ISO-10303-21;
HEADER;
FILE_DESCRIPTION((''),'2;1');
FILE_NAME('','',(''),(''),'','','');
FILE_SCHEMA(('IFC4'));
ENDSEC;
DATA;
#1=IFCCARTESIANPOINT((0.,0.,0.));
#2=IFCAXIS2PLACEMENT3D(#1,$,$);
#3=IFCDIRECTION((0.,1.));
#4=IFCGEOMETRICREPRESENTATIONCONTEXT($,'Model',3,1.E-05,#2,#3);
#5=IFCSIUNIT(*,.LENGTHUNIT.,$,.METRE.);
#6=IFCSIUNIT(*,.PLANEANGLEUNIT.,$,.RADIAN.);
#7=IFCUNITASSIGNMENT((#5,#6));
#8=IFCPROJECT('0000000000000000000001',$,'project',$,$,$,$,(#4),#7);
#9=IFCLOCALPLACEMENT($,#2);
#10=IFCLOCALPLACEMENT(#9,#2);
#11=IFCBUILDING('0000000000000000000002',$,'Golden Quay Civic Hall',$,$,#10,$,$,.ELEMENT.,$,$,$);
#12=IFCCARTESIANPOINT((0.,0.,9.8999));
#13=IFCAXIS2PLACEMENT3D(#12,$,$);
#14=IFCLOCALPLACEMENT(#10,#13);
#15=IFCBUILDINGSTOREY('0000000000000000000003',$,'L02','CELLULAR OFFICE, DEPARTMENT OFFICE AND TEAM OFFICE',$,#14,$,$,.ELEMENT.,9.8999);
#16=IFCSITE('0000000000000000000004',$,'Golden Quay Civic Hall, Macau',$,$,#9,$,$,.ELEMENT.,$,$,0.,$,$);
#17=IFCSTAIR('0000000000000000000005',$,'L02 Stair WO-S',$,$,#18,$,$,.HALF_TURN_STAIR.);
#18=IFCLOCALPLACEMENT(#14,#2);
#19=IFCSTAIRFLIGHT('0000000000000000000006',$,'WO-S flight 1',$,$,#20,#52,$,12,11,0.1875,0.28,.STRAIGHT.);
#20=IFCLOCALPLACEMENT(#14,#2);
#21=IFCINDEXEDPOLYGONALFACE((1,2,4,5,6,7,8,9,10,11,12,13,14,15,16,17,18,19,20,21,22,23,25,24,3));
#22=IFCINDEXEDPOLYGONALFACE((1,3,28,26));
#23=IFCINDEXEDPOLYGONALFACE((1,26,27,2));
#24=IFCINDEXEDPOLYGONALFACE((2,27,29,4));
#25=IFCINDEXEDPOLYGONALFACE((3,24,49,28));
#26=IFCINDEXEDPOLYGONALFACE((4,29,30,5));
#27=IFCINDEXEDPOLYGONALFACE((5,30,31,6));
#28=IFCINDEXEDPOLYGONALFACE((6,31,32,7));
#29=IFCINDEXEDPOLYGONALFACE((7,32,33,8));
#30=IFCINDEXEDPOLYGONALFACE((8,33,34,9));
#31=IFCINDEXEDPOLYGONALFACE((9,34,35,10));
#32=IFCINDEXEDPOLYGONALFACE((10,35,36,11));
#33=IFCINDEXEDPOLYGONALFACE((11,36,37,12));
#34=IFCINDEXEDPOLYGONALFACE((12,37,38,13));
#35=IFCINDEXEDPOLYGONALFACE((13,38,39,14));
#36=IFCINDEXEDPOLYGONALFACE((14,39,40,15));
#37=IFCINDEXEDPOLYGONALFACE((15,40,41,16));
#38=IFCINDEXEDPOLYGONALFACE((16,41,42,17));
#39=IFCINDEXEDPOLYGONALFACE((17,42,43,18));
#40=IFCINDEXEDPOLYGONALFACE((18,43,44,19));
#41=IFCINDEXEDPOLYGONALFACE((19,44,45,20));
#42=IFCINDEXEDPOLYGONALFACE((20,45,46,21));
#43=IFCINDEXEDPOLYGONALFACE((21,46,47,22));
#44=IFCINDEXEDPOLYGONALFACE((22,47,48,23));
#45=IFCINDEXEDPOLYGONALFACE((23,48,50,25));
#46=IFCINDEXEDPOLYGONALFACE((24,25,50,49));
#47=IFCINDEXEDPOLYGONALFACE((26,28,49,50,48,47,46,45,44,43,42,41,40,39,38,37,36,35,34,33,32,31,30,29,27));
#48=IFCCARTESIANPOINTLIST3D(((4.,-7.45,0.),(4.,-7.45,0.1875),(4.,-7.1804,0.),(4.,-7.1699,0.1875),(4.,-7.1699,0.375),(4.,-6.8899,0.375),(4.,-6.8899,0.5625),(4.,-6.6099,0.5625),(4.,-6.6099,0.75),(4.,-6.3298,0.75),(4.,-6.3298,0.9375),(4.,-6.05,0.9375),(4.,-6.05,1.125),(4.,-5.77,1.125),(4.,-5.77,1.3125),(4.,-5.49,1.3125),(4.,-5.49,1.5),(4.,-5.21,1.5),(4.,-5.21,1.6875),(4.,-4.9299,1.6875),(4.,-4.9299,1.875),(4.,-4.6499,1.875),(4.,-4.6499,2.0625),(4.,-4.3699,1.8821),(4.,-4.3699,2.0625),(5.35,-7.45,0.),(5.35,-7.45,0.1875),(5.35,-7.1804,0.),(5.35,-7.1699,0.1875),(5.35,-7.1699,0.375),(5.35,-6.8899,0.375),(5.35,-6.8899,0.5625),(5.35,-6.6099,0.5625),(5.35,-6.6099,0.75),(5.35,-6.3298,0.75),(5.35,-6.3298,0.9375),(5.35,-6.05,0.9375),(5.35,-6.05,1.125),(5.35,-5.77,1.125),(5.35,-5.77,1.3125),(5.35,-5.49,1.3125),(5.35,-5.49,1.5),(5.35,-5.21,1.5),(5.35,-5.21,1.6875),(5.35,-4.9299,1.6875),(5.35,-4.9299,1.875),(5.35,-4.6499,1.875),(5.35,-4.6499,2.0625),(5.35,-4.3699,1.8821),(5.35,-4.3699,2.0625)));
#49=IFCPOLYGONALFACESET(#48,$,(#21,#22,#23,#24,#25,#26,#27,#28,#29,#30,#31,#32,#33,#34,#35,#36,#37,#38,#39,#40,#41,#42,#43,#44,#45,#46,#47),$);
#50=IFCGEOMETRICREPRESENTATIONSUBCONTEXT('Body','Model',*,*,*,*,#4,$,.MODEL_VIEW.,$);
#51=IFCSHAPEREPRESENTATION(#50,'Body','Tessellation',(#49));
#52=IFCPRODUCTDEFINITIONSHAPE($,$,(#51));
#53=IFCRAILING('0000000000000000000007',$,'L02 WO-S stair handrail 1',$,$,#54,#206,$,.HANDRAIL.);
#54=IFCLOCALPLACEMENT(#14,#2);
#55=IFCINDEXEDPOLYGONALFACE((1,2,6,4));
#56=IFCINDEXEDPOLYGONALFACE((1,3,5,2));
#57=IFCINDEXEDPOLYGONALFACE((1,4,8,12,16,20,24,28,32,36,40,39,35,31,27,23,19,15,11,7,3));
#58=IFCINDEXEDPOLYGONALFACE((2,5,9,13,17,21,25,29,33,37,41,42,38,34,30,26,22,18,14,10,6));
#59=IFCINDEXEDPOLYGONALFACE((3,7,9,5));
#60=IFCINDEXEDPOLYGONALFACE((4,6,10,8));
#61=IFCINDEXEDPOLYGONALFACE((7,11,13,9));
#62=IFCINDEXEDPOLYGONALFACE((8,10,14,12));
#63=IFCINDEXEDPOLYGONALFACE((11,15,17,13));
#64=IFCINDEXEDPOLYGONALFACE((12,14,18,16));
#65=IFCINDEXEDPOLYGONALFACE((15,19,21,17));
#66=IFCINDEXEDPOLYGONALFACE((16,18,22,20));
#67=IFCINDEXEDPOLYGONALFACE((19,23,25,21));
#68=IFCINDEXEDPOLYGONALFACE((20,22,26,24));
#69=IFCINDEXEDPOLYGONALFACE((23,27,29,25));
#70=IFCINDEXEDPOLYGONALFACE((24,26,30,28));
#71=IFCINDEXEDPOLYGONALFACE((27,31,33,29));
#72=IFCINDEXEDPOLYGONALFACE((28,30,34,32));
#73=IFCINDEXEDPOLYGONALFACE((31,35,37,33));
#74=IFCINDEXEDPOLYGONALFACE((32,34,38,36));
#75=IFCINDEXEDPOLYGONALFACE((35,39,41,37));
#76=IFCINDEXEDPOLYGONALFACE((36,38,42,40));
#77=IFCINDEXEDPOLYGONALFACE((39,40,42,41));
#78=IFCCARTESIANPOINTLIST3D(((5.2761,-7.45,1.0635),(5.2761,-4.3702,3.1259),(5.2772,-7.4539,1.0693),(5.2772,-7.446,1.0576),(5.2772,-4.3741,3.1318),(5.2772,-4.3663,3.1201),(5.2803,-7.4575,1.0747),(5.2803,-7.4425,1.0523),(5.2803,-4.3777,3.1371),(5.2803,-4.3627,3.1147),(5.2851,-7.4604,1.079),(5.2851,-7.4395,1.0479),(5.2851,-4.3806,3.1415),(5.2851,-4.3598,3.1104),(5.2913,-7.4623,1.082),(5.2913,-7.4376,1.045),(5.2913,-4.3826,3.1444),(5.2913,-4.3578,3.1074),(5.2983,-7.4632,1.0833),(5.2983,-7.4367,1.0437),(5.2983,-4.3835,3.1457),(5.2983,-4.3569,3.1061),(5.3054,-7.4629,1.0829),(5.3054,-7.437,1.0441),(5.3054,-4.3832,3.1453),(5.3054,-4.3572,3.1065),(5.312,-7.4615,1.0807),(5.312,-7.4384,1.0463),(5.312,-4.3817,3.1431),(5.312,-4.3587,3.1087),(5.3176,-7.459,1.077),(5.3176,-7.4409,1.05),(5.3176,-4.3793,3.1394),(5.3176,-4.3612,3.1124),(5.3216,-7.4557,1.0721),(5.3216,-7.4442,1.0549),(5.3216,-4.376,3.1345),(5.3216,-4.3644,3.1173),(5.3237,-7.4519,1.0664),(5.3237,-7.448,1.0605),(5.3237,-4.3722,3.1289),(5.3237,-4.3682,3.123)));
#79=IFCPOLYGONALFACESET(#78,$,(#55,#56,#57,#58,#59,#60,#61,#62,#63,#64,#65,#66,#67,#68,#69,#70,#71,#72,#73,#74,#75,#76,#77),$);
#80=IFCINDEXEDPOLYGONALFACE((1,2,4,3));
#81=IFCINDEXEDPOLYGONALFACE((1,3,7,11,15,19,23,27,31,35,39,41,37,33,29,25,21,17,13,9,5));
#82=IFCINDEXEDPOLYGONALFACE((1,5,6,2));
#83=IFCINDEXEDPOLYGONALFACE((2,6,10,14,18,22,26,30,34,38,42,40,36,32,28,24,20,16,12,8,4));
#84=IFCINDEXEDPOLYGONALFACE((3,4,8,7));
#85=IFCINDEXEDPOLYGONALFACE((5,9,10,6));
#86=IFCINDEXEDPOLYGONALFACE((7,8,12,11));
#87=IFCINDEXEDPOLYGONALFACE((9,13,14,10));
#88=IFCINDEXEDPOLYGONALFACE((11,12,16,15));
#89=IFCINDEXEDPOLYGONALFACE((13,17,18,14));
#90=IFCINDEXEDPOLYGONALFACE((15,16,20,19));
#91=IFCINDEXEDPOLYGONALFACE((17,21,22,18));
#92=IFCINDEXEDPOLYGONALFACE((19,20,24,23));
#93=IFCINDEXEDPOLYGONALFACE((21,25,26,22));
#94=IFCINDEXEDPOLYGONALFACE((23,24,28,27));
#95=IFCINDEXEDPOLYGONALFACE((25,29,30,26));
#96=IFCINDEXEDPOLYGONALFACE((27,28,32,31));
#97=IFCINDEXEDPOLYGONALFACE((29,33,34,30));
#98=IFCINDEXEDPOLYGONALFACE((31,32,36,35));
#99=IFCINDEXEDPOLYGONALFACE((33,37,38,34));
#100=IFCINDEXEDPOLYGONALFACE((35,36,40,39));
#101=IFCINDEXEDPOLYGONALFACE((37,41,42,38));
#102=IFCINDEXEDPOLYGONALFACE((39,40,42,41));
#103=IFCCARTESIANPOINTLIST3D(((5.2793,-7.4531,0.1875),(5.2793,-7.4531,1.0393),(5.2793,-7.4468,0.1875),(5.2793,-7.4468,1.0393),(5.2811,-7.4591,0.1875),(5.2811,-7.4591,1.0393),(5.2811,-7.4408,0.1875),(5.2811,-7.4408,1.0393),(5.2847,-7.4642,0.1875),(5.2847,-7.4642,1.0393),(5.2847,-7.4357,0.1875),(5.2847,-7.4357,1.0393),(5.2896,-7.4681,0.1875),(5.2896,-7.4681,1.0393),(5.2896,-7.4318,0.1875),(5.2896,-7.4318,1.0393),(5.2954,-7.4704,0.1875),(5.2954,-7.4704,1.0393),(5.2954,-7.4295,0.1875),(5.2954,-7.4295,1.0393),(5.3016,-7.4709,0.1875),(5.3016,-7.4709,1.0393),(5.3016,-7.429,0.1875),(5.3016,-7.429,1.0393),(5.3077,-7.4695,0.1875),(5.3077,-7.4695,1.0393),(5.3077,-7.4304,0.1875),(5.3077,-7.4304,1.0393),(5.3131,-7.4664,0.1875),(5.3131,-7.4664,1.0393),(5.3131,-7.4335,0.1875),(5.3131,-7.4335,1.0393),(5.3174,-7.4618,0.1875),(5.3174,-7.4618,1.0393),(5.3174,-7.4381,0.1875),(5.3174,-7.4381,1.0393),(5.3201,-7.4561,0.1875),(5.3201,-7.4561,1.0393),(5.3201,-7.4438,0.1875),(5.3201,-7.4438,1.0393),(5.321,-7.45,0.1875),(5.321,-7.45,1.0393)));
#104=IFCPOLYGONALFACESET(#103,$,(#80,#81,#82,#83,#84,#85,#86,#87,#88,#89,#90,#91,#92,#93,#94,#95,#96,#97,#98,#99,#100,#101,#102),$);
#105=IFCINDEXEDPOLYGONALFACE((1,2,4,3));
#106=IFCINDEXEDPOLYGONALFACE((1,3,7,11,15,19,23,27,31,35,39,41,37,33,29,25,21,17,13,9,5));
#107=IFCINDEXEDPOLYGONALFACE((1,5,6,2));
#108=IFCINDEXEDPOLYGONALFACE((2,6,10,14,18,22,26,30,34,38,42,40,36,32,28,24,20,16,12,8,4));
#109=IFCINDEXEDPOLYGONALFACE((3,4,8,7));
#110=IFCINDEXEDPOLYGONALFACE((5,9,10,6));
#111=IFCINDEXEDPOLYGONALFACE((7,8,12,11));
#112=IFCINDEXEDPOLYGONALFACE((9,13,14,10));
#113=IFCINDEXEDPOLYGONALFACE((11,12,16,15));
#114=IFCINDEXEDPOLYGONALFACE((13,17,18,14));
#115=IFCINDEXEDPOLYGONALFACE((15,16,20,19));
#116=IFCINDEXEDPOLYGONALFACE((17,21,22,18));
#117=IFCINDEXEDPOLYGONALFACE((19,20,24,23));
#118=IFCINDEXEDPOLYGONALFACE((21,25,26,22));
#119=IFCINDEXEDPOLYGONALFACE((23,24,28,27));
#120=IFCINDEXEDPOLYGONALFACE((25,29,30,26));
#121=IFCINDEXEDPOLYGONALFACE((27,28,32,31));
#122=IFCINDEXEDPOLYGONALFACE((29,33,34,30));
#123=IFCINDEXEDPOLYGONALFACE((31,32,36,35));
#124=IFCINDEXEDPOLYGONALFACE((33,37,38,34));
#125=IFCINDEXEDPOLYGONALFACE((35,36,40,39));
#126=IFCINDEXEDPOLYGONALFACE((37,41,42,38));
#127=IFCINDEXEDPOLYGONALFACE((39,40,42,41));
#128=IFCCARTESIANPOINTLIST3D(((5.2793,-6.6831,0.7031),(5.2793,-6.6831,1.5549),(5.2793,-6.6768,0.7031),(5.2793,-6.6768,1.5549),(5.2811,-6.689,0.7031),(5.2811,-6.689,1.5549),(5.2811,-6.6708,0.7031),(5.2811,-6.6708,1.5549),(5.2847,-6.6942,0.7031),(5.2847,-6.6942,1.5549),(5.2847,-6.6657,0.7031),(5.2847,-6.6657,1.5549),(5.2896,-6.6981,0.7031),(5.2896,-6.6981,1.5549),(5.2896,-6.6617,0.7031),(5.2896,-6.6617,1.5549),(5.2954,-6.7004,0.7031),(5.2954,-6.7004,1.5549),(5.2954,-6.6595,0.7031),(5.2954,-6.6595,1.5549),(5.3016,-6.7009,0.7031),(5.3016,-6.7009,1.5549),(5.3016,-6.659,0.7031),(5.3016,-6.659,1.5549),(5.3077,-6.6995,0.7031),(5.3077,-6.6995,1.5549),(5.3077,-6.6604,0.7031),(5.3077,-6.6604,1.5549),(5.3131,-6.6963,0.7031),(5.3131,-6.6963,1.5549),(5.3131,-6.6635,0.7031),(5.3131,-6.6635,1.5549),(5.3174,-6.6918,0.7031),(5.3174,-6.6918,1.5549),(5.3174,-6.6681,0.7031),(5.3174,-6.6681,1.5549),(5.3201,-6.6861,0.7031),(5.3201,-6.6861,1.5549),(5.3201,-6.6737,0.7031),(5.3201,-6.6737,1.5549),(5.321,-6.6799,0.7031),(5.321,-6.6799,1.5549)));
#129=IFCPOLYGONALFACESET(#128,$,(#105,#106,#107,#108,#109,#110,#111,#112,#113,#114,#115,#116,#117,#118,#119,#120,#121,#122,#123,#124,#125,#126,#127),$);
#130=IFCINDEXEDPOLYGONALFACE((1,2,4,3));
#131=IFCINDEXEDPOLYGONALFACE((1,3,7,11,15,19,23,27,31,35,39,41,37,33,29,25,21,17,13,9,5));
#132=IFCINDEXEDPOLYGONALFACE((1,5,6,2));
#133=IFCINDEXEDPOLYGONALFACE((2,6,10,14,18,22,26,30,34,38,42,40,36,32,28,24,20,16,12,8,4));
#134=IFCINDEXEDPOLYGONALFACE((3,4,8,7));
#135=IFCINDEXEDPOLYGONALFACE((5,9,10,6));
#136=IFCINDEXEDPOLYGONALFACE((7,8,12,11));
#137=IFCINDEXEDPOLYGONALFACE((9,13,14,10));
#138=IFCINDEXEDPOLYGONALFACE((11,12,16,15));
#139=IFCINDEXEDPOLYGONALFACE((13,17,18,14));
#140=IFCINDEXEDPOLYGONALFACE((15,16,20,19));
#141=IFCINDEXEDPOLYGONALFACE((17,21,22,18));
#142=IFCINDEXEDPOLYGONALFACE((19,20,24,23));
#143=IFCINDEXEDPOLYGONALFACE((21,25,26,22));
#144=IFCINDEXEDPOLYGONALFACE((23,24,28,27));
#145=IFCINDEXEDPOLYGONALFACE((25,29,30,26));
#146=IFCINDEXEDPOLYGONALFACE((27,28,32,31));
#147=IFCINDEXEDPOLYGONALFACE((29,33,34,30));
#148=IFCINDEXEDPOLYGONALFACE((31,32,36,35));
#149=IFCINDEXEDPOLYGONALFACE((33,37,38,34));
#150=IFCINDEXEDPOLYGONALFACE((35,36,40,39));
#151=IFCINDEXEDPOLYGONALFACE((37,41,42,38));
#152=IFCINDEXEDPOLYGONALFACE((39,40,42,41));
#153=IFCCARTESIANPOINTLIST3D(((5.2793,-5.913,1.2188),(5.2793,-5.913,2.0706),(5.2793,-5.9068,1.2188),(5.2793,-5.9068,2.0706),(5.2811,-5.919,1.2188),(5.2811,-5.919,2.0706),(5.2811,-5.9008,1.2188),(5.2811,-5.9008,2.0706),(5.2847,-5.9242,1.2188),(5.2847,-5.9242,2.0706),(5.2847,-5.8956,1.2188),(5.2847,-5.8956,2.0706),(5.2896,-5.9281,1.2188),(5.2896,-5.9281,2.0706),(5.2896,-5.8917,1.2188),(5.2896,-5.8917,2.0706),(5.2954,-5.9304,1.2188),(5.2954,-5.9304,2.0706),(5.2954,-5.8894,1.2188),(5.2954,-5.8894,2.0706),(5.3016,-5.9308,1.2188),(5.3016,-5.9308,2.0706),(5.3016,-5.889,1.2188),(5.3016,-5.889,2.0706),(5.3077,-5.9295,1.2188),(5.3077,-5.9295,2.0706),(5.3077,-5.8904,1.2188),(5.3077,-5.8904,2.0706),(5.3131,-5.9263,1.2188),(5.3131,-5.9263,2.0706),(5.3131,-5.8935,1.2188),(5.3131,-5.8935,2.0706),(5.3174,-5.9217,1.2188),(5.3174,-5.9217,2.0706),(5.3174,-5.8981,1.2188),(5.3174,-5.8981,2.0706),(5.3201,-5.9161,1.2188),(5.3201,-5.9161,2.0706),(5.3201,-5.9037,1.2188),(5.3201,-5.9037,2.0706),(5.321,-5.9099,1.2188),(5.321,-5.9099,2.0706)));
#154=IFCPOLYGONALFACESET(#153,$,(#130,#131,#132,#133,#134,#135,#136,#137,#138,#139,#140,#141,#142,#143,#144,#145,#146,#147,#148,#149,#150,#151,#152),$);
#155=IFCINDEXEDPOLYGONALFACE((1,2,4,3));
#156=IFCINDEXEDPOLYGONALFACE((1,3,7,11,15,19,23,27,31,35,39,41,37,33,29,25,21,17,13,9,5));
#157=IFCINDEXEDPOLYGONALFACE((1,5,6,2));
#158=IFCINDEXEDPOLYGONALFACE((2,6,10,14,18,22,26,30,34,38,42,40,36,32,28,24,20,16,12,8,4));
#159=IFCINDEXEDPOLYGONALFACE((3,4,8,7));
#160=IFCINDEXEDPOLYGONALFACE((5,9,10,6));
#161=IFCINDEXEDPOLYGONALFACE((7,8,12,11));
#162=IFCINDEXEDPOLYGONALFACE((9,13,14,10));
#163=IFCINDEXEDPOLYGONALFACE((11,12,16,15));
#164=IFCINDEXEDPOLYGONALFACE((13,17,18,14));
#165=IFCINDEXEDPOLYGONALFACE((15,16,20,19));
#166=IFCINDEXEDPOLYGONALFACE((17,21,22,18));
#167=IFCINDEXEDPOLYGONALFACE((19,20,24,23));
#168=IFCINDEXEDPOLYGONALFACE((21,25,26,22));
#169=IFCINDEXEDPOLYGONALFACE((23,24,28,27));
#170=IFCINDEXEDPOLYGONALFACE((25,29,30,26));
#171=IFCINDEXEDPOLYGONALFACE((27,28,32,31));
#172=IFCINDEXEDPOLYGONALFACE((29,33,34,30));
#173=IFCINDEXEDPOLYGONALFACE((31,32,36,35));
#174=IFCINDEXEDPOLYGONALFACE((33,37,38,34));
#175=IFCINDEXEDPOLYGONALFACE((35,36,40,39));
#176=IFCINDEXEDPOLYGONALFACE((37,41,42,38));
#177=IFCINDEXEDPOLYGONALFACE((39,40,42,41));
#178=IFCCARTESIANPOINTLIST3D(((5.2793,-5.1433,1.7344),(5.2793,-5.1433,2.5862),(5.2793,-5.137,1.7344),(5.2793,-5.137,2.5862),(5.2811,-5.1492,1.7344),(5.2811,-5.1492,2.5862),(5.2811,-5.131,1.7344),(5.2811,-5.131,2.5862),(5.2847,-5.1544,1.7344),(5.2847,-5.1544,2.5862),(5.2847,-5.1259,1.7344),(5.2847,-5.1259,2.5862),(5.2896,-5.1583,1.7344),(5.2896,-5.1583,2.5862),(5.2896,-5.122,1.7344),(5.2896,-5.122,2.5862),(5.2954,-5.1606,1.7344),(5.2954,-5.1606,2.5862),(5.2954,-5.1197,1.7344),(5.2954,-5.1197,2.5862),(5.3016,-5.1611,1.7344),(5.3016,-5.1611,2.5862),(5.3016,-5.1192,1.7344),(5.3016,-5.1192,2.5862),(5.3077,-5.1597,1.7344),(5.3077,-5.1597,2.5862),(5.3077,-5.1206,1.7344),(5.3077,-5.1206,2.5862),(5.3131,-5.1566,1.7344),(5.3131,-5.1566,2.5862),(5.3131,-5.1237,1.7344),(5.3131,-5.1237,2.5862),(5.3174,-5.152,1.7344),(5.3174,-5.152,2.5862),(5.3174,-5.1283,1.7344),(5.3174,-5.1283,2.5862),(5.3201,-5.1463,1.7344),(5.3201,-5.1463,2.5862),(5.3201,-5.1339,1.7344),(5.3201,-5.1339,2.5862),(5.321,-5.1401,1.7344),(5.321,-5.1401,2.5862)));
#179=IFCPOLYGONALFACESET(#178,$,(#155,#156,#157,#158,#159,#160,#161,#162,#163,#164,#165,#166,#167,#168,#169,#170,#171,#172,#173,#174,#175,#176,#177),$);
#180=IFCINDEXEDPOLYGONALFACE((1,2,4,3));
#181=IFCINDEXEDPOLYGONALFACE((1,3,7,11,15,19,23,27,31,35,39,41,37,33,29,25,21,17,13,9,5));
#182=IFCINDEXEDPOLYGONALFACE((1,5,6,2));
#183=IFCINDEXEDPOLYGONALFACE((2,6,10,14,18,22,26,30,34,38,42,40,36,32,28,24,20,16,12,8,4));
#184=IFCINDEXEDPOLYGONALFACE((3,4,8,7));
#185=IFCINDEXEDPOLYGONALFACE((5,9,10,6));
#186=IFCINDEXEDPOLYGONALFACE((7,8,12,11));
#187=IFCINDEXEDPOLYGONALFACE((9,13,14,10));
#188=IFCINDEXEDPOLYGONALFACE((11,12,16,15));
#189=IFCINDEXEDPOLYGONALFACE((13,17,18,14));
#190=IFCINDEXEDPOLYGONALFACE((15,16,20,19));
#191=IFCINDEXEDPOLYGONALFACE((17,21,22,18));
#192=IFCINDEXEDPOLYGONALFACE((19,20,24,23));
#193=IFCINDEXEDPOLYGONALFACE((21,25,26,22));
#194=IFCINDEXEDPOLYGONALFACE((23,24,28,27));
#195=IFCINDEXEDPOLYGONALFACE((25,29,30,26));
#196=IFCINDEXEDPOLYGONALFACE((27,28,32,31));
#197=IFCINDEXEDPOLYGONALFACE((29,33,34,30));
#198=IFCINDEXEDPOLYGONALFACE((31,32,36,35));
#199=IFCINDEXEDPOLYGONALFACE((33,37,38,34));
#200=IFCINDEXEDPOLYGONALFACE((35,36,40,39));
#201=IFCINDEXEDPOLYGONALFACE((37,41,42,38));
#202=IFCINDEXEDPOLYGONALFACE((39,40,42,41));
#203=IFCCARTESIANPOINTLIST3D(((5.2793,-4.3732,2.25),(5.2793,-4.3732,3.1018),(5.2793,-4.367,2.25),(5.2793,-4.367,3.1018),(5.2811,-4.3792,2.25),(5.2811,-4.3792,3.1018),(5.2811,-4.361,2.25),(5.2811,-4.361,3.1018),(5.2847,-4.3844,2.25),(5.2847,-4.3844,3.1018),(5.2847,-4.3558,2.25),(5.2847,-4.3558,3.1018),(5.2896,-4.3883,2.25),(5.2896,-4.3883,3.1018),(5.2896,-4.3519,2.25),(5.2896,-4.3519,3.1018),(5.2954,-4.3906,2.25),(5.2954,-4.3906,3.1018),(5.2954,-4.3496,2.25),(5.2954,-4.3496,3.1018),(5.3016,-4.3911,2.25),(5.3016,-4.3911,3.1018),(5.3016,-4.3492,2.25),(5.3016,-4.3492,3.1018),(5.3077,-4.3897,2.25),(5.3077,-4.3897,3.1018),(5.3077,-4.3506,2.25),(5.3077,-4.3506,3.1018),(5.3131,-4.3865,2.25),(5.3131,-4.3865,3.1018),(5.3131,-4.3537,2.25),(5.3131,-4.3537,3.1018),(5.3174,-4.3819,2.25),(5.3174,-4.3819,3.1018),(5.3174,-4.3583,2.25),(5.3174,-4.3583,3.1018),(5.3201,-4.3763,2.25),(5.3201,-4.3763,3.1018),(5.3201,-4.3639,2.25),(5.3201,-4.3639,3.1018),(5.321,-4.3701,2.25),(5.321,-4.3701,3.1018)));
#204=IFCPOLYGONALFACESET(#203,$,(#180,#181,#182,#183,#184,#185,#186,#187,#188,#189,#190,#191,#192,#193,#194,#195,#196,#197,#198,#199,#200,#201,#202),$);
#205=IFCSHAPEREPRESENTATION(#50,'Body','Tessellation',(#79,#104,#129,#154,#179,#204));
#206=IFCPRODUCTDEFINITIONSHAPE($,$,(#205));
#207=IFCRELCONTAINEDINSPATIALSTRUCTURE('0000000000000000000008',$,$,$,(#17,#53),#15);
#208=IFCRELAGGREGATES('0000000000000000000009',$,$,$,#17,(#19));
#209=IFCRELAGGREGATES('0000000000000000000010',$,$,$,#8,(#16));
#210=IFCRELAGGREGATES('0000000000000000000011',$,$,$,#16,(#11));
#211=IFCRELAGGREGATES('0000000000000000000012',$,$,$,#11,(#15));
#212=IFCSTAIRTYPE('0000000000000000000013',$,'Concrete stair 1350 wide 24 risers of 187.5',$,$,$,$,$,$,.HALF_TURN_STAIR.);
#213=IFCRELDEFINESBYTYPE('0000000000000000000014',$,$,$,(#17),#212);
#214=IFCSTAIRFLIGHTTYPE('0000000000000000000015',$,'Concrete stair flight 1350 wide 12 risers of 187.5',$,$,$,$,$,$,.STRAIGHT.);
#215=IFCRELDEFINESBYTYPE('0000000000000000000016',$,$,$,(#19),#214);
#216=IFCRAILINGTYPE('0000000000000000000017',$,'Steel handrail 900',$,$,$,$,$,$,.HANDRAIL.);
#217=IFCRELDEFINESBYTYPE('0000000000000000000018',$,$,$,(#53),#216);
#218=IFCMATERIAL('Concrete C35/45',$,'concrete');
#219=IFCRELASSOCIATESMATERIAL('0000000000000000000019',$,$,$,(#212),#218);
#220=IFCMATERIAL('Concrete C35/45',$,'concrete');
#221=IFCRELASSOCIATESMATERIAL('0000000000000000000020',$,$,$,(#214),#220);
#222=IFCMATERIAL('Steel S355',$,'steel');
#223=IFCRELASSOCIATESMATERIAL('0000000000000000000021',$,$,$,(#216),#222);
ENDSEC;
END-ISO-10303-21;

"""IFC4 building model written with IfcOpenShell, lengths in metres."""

from ifc_helpers import new_model, si_unit, direction, frame, origin, origin_2d, place, context, subcontext, project, spatial, polyline, circle, outline, extrude, material, type_object, element, aggregate, save


model = new_model("IFC4")

# Units and contexts
model_context = context("Model", 3, precision=1e-05, world=origin(), true_north=direction((0.0, 1.0)))
body_context = subcontext(model_context, "Body", "Model", "MODEL_VIEW")
ifc_project = project(units=[si_unit("LENGTHUNIT", "METRE"), si_unit("PLANEANGLEUNIT", "RADIAN")], contexts=[model_context])

# Site, building, storey
site_placement = place(None, origin())
site = spatial("IfcSite", under=ifc_project, at=site_placement, Name="Golden Quay Civic Hall, Macau", CompositionType="ELEMENT", RefElevation=0.0)
building_placement = place(site_placement, origin())
building = spatial("IfcBuilding", under=site, at=building_placement, Name="Golden Quay Civic Hall", CompositionType="ELEMENT")
storey_placement = place(building_placement, frame((0.0, 0.0, 9.8999)))
storey = spatial("IfcBuildingStorey", under=building, at=storey_placement, Name="L02", Description="CELLULAR OFFICE, DEPARTMENT OFFICE AND TEAM OFFICE", CompositionType="ELEMENT", Elevation=9.8999)

# Stair, stair flight
ifc_material_1 = material(Name="Concrete C35/45", Category="concrete")
stair_type = type_object("IfcStairType", Name="Concrete stair 1350 wide 24 risers of 187.5", PredefinedType="HALF_TURN_STAIR", material=ifc_material_1)
stair_placement = place(storey_placement, origin())
stair = element("IfcStair", 1, at=stair_placement, inside=storey, type_object=stair_type, Name="L02 Stair WO-S", PredefinedType="HALF_TURN_STAIR")
ifc_material_2 = material(Name="Concrete C35/45", Category="concrete")
stair_flight_type = type_object("IfcStairFlightType", Name="Concrete stair flight 1350 wide 12 risers of 187.5", PredefinedType="STRAIGHT", material=ifc_material_2)
stair_flight_placement = place(storey_placement, frame((4.675, -7.45, 0.0), z_axis=(0.0, 0.0, 1.0), x_axis=(0.0, 1.0, 0.0)))
stair_flight = element("IfcStairFlight", 2, at=stair_flight_placement, type_object=stair_flight_type, Name="WO-S flight 1", NumberOfRisers=12, NumberOfTreads=11, PredefinedType="STRAIGHT", RiserHeight=0.1875, TreadLength=0.28, context=body_context, shape_type="SweptSolid", body=[
    extrude(outline(polyline([(0.0, 0.0), (0.0, 0.1875), (0.28, 0.1875), (0.28, 0.375), (0.5601, 0.375), (0.5601, 0.5625), (0.8401, 0.5625), (0.8401, 0.75), (1.1201, 0.75), (1.1201, 0.9375), (1.3999, 0.9375), (1.3999, 1.125), (1.6799, 1.125), (1.6799, 1.3125), (1.96, 1.3125), (1.96, 1.5), (2.24, 1.5), (2.24, 1.6875), (2.52, 1.6875), (2.52, 1.875), (2.8, 1.875), (2.8, 2.0625), (3.0801, 2.0625), (3.0801, 2.25), (3.0801, 1.8821), (0.2695, 0.0), (0.0, 0.0)])), frame((0.0, 0.675, 0.0), z_axis=(0.0, -1.0, 0.0), x_axis=(1.0, 0.0, 0.0)), (0.0, 0.0, 1.0), 1.35),
])
aggregate(stair, [stair_flight])

# Railing
ifc_material_3 = material(Name="Steel S355", Category="steel")
railing_type = type_object("IfcRailingType", Name="Steel handrail 900", PredefinedType="HANDRAIL", material=ifc_material_3)
railing_placement = place(storey_placement, frame((5.3, -7.45, 0.1875)))
element("IfcRailing", 3, at=railing_placement, inside=storey, type_object=railing_type, Name="L02 WO-S stair handrail 1", PredefinedType="HANDRAIL", context=body_context, shape_type="SweptSolid", body=[
    extrude(circle(Radius=0.0239, at=origin_2d()), frame((0.0, 0.0, 0.876), z_axis=(0.0, 0.830893, 0.556432), x_axis=(-1.0, 0.0, 0.0)), (0.0, 0.0, 1.0), 3.7065),
    extrude(circle(Radius=0.021, at=origin_2d()), origin(), (0.0, 0.0, 1.0), 0.8518),
    extrude(circle(Radius=0.021, at=origin_2d()), frame((0.0, 0.77, 0.5156)), (0.0, 0.0, 1.0), 0.8518),
    extrude(circle(Radius=0.021, at=origin_2d()), frame((0.0, 1.54, 1.0312)), (0.0, 0.0, 1.0), 0.8518),
    extrude(circle(Radius=0.021, at=origin_2d()), frame((0.0, 2.3098, 1.5469)), (0.0, 0.0, 1.0), 0.8518),
    extrude(circle(Radius=0.021, at=origin_2d()), frame((0.0, 3.0798, 2.0625)), (0.0, 0.0, 1.0), 0.8518),
])

save(model, "model.ifc")
